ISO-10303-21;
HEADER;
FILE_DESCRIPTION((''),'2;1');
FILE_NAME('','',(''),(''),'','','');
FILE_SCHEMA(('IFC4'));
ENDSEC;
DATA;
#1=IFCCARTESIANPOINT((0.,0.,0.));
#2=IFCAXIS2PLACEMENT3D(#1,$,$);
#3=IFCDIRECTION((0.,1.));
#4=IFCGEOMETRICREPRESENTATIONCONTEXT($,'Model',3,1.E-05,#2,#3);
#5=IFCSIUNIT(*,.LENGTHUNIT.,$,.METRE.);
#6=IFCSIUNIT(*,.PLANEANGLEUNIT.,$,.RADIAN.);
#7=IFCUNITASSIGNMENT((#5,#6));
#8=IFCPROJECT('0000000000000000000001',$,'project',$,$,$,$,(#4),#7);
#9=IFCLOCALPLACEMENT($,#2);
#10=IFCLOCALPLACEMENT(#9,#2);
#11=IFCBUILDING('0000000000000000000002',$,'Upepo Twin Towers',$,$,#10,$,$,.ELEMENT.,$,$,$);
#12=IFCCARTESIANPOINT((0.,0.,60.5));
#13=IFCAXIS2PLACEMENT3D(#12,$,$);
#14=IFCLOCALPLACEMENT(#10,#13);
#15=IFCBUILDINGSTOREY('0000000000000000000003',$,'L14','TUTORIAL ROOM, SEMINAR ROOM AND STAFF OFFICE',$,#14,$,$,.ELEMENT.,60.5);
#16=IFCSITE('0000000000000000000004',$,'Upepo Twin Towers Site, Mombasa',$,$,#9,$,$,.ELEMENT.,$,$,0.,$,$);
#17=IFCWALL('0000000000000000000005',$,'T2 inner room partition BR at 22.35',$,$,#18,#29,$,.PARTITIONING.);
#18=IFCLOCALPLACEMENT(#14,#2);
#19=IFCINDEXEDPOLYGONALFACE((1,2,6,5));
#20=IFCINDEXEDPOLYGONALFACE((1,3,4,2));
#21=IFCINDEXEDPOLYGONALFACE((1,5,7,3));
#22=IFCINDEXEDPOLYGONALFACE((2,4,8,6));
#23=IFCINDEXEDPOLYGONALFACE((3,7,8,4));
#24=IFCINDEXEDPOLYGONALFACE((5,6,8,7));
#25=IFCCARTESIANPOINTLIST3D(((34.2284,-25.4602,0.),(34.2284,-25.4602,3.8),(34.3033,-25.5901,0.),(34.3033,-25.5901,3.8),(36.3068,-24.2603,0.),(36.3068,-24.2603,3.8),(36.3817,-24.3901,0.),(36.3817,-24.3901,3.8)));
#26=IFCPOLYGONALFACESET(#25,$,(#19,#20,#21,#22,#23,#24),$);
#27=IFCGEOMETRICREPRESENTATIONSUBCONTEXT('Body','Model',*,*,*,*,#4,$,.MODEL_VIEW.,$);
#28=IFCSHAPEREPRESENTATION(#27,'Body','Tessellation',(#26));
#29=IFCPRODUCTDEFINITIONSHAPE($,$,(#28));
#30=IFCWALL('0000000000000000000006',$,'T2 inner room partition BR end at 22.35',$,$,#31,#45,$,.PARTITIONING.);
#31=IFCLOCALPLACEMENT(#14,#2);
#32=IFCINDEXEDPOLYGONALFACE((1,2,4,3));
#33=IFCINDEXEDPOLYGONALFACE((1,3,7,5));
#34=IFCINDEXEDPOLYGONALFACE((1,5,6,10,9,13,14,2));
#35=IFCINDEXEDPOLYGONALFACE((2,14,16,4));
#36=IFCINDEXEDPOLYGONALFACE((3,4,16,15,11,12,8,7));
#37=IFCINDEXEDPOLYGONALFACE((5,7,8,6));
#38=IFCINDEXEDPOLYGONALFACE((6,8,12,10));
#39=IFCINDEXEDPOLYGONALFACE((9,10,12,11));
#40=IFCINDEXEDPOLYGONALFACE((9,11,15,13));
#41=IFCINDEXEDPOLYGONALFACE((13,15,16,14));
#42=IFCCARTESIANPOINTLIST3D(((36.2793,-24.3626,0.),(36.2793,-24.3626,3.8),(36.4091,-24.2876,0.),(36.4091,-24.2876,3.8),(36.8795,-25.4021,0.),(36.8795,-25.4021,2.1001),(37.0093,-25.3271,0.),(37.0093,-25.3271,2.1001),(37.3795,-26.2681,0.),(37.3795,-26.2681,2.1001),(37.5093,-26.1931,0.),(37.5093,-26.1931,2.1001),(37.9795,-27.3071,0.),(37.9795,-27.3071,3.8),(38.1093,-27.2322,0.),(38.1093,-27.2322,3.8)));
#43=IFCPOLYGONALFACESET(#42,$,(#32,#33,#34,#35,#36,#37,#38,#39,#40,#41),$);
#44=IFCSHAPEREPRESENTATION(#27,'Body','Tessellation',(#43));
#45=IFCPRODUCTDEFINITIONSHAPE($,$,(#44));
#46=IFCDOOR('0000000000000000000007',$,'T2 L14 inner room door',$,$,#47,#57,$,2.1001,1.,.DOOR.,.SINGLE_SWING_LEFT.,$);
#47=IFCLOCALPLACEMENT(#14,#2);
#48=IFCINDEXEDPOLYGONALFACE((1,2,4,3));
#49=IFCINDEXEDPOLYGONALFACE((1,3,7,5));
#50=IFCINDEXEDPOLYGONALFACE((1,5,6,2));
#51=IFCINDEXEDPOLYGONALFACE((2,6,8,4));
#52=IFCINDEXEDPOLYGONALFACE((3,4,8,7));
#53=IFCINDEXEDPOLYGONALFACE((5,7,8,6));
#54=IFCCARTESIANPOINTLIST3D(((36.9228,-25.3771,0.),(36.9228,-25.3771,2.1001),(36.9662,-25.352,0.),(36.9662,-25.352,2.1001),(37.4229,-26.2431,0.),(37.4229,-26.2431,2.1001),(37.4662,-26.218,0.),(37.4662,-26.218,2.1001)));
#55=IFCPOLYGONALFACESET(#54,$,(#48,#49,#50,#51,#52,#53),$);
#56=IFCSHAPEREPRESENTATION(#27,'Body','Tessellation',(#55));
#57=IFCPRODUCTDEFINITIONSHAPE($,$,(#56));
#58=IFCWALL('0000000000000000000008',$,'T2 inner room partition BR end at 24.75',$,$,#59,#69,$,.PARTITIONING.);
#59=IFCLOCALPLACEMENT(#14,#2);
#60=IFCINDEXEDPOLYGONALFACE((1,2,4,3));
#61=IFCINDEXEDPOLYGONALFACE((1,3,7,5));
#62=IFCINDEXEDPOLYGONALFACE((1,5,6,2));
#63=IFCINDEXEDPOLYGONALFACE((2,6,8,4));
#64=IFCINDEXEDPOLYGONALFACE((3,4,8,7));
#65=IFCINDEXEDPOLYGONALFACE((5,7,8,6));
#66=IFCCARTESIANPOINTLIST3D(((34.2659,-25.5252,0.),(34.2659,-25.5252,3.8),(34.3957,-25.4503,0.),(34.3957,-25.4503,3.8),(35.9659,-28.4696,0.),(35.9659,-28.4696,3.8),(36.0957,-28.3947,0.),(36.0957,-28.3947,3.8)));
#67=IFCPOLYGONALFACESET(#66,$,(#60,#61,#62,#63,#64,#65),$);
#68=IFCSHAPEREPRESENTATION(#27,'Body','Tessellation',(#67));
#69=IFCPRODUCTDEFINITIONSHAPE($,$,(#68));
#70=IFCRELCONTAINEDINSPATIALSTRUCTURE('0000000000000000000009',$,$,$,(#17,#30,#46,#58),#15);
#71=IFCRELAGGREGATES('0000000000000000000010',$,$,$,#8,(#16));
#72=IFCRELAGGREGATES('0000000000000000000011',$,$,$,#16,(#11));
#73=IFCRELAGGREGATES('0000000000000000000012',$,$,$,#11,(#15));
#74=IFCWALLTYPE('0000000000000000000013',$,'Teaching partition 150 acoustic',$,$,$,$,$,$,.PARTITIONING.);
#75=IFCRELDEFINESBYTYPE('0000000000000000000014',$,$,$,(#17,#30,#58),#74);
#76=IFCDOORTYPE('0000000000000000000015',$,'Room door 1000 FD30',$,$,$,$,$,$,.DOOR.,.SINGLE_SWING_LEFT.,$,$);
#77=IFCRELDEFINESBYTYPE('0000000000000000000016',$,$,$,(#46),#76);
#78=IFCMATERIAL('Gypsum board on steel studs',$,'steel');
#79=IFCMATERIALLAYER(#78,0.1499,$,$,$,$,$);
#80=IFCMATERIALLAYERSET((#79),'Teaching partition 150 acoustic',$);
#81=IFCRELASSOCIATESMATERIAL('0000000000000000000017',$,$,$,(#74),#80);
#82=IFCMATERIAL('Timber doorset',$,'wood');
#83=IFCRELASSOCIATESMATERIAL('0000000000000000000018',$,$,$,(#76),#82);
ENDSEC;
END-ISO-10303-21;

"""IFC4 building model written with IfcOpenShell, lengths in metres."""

from ifc_helpers import new_model, si_unit, direction, frame, frame_2d, origin, place, context, subcontext, project, spatial, rectangle, extrude, material, layer, layer_set, type_object, element, fill, save


model = new_model("IFC4")

# Units and contexts
model_context = context("Model", 3, precision=1e-05, world=origin(), true_north=direction((0.0, 1.0)))
body_context = subcontext(model_context, "Body", "Model", "MODEL_VIEW")
ifc_project = project(units=[si_unit("LENGTHUNIT", "METRE"), si_unit("PLANEANGLEUNIT", "RADIAN")], contexts=[model_context])

# Site, building, storey
site_placement = place(None, origin())
site = spatial("IfcSite", under=ifc_project, at=site_placement, Name="Upepo Twin Towers Site, Mombasa", CompositionType="ELEMENT", RefElevation=0.0)
building_placement = place(site_placement, origin())
building = spatial("IfcBuilding", under=site, at=building_placement, Name="Upepo Twin Towers", CompositionType="ELEMENT")
storey_placement = place(building_placement, frame((0.0, 0.0, 60.5)))
storey = spatial("IfcBuildingStorey", under=building, at=storey_placement, Name="L14", Description="TUTORIAL ROOM, SEMINAR ROOM AND STAFF OFFICE", CompositionType="ELEMENT", Elevation=60.5)

# Shared definitions
ifc_material_1 = material(Name="Gypsum board on steel studs", Category="steel")
ifc_layer_1 = layer(ifc_material_1, 0.1499)
ifc_layer_set_1 = layer_set([ifc_layer_1], Name="Teaching partition 150 acoustic")
wall_type_1 = type_object("IfcWallType", Name="Teaching partition 150 acoustic", PredefinedType="PARTITIONING", material=ifc_layer_set_1)
ifc_material_2 = material(Name="Timber doorset", Category="wood")
door_type = type_object("IfcDoorType", Name="Room door 1000 FD30", OperationType="SINGLE_SWING_LEFT", PredefinedType="DOOR", material=ifc_material_2)

# Wall
wall_1_placement = place(storey_placement, frame((36.3442, -24.3252, 0.0), z_axis=(0.0, 0.0, 1.0), x_axis=(-0.866025, -0.500001, 0.0)))
element("IfcWall", 1, at=wall_1_placement, inside=storey, type_object=wall_type_1, Name="T2 inner room partition BR at 22.35", PredefinedType="PARTITIONING", context=body_context, shape_type="SweptSolid", body=[
    extrude(rectangle(XDim=2.3999, YDim=0.1499, at=frame_2d((1.2, 0.0))), origin(), (0.0, 0.0, 1.0), 3.8),
])

# Wall, opening, door
wall_2_placement = place(storey_placement, frame((38.0444, -27.2698, 0.0), z_axis=(0.0, 0.0, 1.0), x_axis=(-0.500031, 0.866007, 0.0)))
wall_2 = element("IfcWall", 2, at=wall_2_placement, inside=storey, type_object=wall_type_1, Name="T2 inner room partition BR end at 22.35", PredefinedType="PARTITIONING", context=body_context, shape_type="SweptSolid", body=[
    extrude(rectangle(XDim=3.4001, YDim=0.1499, at=frame_2d((1.7002, 0.0))), origin(), (0.0, 0.0, 1.0), 3.8),
])
opening_1_placement = place(wall_2_placement, frame((1.2, 0.0, 0.0)))
opening_1 = element("IfcOpeningElement", 3, at=opening_1_placement, cuts=wall_2, PredefinedType="OPENING", context=body_context, shape_type="SweptSolid", body=[
    extrude(rectangle(XDim=1.0, YDim=2.1001, at=frame_2d((0.5, 1.05))), frame((0.0, 0.085, 0.0), z_axis=(0.0, -1.0, 0.0), x_axis=(1.0, 0.0, 0.0)), (0.0, 0.0, 1.0), 0.1699),
])
door_1_placement = place(opening_1_placement, origin())
door_1 = element("IfcDoor", 4, at=door_1_placement, inside=storey, type_object=door_type, Name="T2 L14 inner room door", OperationType="SINGLE_SWING_LEFT", OverallHeight=2.1001, OverallWidth=1.0, PredefinedType="DOOR", context=body_context, shape_type="SweptSolid", body=[
    extrude(rectangle(XDim=1.0, YDim=2.1001, at=frame_2d((0.5, 1.05))), frame((0.0, 0.0249, 0.0), z_axis=(0.0, -1.0, 0.0), x_axis=(1.0, 0.0, 0.0)), (0.0, 0.0, 1.0), 0.05),
])
fill(opening_1, door_1)

# Wall
wall_3_placement = place(storey_placement, frame((36.0308, -28.4321, 0.0), z_axis=(0.0, 0.0, 1.0), x_axis=(-0.500008, 0.866021, 0.0)))
element("IfcWall", 5, at=wall_3_placement, inside=storey, type_object=wall_type_1, Name="T2 inner room partition BR end at 24.75", PredefinedType="PARTITIONING", context=body_context, shape_type="SweptSolid", body=[
    extrude(rectangle(XDim=3.3999, YDim=0.1499, at=frame_2d((1.7, 0.0))), origin(), (0.0, 0.0, 1.0), 3.8),
])

save(model, "model.ifc")
